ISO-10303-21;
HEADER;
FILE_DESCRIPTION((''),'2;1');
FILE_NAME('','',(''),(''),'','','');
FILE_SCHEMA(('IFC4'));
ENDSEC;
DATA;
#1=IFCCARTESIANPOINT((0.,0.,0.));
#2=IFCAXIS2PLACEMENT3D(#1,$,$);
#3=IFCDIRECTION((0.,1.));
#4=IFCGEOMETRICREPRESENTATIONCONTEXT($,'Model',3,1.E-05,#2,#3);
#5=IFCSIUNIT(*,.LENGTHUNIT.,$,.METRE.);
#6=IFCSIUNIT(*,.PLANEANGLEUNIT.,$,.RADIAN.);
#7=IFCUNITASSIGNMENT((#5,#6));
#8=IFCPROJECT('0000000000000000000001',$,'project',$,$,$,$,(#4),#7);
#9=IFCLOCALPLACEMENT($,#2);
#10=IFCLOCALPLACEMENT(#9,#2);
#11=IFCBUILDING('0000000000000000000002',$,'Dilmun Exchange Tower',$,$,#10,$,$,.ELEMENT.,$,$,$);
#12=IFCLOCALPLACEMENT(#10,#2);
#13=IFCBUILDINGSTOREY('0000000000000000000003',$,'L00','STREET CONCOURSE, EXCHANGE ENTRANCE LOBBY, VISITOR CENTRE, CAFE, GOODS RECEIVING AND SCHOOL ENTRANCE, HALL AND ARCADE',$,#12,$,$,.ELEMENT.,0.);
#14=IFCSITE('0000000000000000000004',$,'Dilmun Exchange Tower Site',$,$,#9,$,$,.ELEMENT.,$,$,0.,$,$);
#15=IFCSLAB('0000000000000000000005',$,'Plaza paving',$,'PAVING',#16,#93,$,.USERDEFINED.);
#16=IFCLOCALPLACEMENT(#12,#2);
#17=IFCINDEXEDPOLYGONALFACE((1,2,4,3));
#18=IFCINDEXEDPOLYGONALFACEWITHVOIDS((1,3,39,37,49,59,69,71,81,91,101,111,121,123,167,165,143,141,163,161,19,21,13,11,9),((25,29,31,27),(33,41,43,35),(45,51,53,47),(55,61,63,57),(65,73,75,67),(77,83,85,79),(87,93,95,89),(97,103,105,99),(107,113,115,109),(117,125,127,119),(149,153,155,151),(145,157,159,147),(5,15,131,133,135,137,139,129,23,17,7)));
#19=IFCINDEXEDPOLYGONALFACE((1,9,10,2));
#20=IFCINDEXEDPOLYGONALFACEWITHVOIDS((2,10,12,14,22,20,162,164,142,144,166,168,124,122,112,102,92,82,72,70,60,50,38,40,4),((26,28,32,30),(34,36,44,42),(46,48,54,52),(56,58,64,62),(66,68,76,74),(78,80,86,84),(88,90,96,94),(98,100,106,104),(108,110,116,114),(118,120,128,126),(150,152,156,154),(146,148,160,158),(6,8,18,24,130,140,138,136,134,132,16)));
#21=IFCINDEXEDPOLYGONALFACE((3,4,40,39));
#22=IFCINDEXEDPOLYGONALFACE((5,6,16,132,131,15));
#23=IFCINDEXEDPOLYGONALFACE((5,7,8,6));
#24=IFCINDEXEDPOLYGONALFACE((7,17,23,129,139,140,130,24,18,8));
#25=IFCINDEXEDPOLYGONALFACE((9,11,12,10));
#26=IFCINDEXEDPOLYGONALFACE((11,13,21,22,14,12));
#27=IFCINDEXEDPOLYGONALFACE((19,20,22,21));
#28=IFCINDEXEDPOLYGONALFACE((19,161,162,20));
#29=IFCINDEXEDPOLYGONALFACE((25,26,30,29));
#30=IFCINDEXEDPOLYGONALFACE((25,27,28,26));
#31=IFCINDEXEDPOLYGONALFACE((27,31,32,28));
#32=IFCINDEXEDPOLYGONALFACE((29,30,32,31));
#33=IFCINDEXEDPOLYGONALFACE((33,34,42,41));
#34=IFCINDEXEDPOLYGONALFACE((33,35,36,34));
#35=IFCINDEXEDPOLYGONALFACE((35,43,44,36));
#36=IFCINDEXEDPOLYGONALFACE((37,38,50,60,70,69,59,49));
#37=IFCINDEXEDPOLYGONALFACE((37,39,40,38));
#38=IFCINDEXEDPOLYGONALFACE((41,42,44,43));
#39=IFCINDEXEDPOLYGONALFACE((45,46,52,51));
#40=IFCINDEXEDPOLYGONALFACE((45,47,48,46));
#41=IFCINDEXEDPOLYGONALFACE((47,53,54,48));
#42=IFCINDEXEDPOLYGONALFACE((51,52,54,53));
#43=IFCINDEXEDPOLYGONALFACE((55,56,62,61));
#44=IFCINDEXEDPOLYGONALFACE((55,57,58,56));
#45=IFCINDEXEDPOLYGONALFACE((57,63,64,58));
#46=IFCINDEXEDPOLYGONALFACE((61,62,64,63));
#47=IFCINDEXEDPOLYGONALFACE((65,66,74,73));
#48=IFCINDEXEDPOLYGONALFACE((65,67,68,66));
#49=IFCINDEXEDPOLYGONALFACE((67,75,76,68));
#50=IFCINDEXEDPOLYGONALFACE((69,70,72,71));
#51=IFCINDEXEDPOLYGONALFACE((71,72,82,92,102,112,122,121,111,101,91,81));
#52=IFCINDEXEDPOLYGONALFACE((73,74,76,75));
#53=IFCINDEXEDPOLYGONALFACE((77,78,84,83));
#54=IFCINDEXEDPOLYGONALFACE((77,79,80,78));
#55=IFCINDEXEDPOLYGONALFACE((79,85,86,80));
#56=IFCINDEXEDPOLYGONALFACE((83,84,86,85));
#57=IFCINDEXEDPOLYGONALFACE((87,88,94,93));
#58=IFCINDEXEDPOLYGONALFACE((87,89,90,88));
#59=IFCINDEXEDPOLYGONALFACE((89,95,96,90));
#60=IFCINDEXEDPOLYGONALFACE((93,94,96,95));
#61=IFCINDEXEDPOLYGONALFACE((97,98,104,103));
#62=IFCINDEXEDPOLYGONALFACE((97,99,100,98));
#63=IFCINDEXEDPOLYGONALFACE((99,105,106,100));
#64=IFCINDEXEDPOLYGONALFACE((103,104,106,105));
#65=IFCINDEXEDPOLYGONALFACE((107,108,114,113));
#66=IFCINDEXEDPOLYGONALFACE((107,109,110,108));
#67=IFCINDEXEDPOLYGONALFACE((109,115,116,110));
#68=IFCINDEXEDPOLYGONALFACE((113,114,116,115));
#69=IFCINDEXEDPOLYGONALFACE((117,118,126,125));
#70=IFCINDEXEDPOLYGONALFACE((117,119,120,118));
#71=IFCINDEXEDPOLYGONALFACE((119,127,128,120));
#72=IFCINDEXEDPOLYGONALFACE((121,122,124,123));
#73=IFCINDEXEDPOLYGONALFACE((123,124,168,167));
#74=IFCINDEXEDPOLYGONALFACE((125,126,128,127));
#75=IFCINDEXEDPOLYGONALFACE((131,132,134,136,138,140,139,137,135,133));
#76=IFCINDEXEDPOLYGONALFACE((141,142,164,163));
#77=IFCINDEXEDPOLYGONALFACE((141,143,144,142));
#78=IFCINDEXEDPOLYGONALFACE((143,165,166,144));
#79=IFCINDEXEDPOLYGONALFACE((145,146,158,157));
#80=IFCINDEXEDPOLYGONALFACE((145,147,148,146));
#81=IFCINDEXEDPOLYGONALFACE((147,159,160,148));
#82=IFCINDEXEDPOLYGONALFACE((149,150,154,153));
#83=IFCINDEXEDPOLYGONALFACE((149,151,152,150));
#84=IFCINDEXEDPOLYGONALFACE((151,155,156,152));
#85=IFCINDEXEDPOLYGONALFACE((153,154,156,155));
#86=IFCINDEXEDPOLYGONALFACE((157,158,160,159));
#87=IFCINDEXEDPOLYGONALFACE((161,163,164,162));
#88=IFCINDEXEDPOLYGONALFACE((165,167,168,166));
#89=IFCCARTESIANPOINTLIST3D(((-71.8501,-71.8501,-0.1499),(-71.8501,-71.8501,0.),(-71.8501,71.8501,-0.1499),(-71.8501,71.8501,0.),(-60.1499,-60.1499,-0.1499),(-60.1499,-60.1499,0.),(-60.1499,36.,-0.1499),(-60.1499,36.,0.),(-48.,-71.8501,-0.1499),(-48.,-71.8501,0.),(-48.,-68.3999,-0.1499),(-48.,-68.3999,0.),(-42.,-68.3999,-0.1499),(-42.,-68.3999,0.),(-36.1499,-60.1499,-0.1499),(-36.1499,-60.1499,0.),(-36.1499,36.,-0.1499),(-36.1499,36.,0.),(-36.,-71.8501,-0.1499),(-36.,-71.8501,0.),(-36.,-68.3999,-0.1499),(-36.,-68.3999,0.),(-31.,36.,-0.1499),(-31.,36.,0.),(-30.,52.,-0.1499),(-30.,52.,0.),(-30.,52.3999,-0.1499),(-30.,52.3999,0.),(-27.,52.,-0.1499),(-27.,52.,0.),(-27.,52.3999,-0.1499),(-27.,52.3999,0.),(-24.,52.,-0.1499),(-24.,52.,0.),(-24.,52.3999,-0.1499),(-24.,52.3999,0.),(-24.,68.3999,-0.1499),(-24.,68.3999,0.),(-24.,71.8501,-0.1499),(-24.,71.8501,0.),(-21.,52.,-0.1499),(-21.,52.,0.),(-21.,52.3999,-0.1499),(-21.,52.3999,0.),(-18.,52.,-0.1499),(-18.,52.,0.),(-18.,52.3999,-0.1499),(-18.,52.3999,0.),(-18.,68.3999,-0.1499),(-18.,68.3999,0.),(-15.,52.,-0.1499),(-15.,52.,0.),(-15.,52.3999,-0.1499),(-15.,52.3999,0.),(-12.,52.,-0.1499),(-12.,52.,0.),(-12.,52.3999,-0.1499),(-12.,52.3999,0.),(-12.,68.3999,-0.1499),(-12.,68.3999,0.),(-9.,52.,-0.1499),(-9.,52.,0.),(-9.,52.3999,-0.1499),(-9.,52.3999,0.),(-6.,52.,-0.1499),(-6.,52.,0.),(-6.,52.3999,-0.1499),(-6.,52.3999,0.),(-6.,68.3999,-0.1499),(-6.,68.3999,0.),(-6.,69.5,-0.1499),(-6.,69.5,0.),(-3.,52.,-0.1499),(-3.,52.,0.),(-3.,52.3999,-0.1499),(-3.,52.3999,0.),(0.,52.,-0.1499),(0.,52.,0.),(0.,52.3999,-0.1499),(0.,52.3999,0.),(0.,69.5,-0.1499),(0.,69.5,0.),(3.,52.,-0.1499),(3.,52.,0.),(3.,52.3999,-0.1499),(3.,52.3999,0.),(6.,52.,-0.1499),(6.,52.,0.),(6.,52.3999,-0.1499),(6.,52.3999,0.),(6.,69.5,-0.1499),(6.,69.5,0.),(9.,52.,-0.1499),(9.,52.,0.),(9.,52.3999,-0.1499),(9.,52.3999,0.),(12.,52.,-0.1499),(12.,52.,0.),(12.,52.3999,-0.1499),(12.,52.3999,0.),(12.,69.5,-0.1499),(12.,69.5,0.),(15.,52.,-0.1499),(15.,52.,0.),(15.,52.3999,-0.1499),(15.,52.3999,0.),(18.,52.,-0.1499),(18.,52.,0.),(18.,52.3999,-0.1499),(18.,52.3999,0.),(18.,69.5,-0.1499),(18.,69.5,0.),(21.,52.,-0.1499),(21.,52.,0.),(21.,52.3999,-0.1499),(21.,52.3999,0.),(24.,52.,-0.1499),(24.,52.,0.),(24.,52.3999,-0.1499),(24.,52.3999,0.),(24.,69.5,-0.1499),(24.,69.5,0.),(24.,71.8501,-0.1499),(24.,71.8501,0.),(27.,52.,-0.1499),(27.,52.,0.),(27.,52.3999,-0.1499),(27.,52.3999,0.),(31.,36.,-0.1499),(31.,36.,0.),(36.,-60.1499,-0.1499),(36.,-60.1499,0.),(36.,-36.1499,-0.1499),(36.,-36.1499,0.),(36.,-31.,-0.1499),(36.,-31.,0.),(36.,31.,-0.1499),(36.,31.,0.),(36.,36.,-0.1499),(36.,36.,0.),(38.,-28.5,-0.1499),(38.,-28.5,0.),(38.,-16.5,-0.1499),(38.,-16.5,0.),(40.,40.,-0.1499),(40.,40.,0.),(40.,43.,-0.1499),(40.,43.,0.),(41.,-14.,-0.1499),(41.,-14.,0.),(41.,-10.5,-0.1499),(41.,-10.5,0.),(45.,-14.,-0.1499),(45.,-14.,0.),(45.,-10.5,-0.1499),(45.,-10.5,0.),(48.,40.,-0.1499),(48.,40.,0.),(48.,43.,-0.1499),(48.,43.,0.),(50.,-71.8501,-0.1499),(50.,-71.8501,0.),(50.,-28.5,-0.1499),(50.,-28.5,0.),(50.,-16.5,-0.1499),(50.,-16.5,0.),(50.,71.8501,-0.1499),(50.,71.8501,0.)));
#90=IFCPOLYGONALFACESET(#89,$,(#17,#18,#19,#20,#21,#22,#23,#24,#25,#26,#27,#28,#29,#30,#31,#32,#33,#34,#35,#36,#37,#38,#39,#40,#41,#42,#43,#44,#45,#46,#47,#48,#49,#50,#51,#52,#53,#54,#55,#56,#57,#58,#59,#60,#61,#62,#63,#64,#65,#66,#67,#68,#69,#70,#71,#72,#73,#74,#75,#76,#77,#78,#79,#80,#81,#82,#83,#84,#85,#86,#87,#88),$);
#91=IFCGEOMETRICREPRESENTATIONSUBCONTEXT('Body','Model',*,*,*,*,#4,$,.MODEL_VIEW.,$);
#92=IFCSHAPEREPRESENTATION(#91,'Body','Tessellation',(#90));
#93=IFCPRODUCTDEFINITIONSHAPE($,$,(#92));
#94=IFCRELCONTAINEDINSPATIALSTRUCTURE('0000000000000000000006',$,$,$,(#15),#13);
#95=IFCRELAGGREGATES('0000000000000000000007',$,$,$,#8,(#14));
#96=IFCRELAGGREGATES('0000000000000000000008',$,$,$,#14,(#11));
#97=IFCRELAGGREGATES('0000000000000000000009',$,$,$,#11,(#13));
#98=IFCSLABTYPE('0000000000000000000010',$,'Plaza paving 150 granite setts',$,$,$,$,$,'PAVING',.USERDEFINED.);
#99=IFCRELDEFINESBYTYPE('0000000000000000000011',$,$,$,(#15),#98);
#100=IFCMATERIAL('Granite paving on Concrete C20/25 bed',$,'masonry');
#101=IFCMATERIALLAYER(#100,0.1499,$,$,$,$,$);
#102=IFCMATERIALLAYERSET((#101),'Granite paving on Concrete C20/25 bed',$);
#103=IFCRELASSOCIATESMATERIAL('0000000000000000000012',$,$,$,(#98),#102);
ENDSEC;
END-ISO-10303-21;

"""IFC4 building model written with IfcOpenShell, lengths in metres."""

from ifc_helpers import new_model, si_unit, direction, frame, origin, place, context, subcontext, project, spatial, polyline, outline, extrude, material, layer, layer_set, type_object, element, save


model = new_model("IFC4")

# Units and contexts
model_context = context("Model", 3, precision=1e-05, world=origin(), true_north=direction((0.0, 1.0)))
body_context = subcontext(model_context, "Body", "Model", "MODEL_VIEW")
ifc_project = project(units=[si_unit("LENGTHUNIT", "METRE"), si_unit("PLANEANGLEUNIT", "RADIAN")], contexts=[model_context])

# Site, building, storey
site_placement = place(None, origin())
site = spatial("IfcSite", under=ifc_project, at=site_placement, Name="Dilmun Exchange Tower Site", CompositionType="ELEMENT", RefElevation=0.0)
building_placement = place(site_placement, origin())
building = spatial("IfcBuilding", under=site, at=building_placement, Name="Dilmun Exchange Tower", CompositionType="ELEMENT")
storey_placement = place(building_placement, origin())
storey = spatial("IfcBuildingStorey", under=building, at=storey_placement, Name="L00", Description="STREET CONCOURSE, EXCHANGE ENTRANCE LOBBY, VISITOR CENTRE, CAFE, GOODS RECEIVING AND SCHOOL ENTRANCE, HALL AND ARCADE", CompositionType="ELEMENT", Elevation=0.0)

# Slab
ifc_material_1 = material(Name="Granite paving on Concrete C20/25 bed", Category="masonry")
ifc_layer_1 = layer(ifc_material_1, 0.1499)
ifc_layer_set_1 = layer_set([ifc_layer_1], Name="Granite paving on Concrete C20/25 bed")
slab_type_1 = type_object("IfcSlabType", Name="Plaza paving 150 granite setts", ElementType="PAVING", PredefinedType="USERDEFINED", material=ifc_layer_set_1)
slab_1_placement = place(storey_placement, frame((0.0, 0.0, -0.1499)))
element("IfcSlab", 1, at=slab_1_placement, inside=storey, type_object=slab_type_1, Name="Plaza paving", ObjectType="PAVING", PredefinedType="USERDEFINED", context=body_context, shape_type="SweptSolid", body=[
    extrude(outline(polyline([(-48.0, -68.3999), (-48.0, -71.8501), (-71.8501, -71.8501), (-71.8501, 71.8501), (-24.0, 71.8501), (-24.0, 68.3999), (-18.0, 68.3999), (-12.0, 68.3999), (-6.0, 68.3999), (-6.0, 69.5), (0.0, 69.5), (6.0, 69.5), (12.0, 69.5), (18.0, 69.5), (24.0, 69.5), (24.0, 71.8501), (50.0, 71.8501), (50.0, -16.5), (38.0, -16.5), (38.0, -28.5), (50.0, -28.5), (50.0, -71.8501), (-36.0, -71.8501), (-36.0, -68.3999), (-42.0, -68.3999), (-48.0, -68.3999)]), holes=[polyline([(36.0, -60.1499), (36.0, -36.1499), (36.0, -31.0), (36.0, 31.0), (36.0, 36.0), (31.0, 36.0), (-31.0, 36.0), (-36.1499, 36.0), (-60.1499, 36.0), (-60.1499, -60.1499), (-36.1499, -60.1499), (36.0, -60.1499)]), polyline([(-27.0, 52.3999), (-30.0, 52.3999), (-30.0, 52.0), (-27.0, 52.0), (-27.0, 52.3999)]), polyline([(-21.0, 52.3999), (-24.0, 52.3999), (-24.0, 52.0), (-21.0, 52.0), (-21.0, 52.3999)]), polyline([(-15.0, 52.3999), (-18.0, 52.3999), (-18.0, 52.0), (-15.0, 52.0), (-15.0, 52.3999)]), polyline([(-9.0, 52.3999), (-12.0, 52.3999), (-12.0, 52.0), (-9.0, 52.0), (-9.0, 52.3999)]), polyline([(-3.0, 52.3999), (-6.0, 52.3999), (-6.0, 52.0), (-3.0, 52.0), (-3.0, 52.3999)]), polyline([(3.0, 52.3999), (0.0, 52.3999), (0.0, 52.0), (3.0, 52.0), (3.0, 52.3999)]), polyline([(45.0, -10.5), (41.0, -10.5), (41.0, -14.0), (45.0, -14.0), (45.0, -10.5)]), polyline([(48.0, 43.0), (40.0, 43.0), (40.0, 40.0), (48.0, 40.0), (48.0, 43.0)]), polyline([(9.0, 52.3999), (6.0, 52.3999), (6.0, 52.0), (9.0, 52.0), (9.0, 52.3999)]), polyline([(15.0, 52.3999), (12.0, 52.3999), (12.0, 52.0), (15.0, 52.0), (15.0, 52.3999)]), polyline([(21.0, 52.3999), (18.0, 52.3999), (18.0, 52.0), (21.0, 52.0), (21.0, 52.3999)]), polyline([(27.0, 52.3999), (24.0, 52.3999), (24.0, 52.0), (27.0, 52.0), (27.0, 52.3999)])]), origin(), (0.0, 0.0, 1.0), 0.1499),
])

save(model, "model.ifc")
